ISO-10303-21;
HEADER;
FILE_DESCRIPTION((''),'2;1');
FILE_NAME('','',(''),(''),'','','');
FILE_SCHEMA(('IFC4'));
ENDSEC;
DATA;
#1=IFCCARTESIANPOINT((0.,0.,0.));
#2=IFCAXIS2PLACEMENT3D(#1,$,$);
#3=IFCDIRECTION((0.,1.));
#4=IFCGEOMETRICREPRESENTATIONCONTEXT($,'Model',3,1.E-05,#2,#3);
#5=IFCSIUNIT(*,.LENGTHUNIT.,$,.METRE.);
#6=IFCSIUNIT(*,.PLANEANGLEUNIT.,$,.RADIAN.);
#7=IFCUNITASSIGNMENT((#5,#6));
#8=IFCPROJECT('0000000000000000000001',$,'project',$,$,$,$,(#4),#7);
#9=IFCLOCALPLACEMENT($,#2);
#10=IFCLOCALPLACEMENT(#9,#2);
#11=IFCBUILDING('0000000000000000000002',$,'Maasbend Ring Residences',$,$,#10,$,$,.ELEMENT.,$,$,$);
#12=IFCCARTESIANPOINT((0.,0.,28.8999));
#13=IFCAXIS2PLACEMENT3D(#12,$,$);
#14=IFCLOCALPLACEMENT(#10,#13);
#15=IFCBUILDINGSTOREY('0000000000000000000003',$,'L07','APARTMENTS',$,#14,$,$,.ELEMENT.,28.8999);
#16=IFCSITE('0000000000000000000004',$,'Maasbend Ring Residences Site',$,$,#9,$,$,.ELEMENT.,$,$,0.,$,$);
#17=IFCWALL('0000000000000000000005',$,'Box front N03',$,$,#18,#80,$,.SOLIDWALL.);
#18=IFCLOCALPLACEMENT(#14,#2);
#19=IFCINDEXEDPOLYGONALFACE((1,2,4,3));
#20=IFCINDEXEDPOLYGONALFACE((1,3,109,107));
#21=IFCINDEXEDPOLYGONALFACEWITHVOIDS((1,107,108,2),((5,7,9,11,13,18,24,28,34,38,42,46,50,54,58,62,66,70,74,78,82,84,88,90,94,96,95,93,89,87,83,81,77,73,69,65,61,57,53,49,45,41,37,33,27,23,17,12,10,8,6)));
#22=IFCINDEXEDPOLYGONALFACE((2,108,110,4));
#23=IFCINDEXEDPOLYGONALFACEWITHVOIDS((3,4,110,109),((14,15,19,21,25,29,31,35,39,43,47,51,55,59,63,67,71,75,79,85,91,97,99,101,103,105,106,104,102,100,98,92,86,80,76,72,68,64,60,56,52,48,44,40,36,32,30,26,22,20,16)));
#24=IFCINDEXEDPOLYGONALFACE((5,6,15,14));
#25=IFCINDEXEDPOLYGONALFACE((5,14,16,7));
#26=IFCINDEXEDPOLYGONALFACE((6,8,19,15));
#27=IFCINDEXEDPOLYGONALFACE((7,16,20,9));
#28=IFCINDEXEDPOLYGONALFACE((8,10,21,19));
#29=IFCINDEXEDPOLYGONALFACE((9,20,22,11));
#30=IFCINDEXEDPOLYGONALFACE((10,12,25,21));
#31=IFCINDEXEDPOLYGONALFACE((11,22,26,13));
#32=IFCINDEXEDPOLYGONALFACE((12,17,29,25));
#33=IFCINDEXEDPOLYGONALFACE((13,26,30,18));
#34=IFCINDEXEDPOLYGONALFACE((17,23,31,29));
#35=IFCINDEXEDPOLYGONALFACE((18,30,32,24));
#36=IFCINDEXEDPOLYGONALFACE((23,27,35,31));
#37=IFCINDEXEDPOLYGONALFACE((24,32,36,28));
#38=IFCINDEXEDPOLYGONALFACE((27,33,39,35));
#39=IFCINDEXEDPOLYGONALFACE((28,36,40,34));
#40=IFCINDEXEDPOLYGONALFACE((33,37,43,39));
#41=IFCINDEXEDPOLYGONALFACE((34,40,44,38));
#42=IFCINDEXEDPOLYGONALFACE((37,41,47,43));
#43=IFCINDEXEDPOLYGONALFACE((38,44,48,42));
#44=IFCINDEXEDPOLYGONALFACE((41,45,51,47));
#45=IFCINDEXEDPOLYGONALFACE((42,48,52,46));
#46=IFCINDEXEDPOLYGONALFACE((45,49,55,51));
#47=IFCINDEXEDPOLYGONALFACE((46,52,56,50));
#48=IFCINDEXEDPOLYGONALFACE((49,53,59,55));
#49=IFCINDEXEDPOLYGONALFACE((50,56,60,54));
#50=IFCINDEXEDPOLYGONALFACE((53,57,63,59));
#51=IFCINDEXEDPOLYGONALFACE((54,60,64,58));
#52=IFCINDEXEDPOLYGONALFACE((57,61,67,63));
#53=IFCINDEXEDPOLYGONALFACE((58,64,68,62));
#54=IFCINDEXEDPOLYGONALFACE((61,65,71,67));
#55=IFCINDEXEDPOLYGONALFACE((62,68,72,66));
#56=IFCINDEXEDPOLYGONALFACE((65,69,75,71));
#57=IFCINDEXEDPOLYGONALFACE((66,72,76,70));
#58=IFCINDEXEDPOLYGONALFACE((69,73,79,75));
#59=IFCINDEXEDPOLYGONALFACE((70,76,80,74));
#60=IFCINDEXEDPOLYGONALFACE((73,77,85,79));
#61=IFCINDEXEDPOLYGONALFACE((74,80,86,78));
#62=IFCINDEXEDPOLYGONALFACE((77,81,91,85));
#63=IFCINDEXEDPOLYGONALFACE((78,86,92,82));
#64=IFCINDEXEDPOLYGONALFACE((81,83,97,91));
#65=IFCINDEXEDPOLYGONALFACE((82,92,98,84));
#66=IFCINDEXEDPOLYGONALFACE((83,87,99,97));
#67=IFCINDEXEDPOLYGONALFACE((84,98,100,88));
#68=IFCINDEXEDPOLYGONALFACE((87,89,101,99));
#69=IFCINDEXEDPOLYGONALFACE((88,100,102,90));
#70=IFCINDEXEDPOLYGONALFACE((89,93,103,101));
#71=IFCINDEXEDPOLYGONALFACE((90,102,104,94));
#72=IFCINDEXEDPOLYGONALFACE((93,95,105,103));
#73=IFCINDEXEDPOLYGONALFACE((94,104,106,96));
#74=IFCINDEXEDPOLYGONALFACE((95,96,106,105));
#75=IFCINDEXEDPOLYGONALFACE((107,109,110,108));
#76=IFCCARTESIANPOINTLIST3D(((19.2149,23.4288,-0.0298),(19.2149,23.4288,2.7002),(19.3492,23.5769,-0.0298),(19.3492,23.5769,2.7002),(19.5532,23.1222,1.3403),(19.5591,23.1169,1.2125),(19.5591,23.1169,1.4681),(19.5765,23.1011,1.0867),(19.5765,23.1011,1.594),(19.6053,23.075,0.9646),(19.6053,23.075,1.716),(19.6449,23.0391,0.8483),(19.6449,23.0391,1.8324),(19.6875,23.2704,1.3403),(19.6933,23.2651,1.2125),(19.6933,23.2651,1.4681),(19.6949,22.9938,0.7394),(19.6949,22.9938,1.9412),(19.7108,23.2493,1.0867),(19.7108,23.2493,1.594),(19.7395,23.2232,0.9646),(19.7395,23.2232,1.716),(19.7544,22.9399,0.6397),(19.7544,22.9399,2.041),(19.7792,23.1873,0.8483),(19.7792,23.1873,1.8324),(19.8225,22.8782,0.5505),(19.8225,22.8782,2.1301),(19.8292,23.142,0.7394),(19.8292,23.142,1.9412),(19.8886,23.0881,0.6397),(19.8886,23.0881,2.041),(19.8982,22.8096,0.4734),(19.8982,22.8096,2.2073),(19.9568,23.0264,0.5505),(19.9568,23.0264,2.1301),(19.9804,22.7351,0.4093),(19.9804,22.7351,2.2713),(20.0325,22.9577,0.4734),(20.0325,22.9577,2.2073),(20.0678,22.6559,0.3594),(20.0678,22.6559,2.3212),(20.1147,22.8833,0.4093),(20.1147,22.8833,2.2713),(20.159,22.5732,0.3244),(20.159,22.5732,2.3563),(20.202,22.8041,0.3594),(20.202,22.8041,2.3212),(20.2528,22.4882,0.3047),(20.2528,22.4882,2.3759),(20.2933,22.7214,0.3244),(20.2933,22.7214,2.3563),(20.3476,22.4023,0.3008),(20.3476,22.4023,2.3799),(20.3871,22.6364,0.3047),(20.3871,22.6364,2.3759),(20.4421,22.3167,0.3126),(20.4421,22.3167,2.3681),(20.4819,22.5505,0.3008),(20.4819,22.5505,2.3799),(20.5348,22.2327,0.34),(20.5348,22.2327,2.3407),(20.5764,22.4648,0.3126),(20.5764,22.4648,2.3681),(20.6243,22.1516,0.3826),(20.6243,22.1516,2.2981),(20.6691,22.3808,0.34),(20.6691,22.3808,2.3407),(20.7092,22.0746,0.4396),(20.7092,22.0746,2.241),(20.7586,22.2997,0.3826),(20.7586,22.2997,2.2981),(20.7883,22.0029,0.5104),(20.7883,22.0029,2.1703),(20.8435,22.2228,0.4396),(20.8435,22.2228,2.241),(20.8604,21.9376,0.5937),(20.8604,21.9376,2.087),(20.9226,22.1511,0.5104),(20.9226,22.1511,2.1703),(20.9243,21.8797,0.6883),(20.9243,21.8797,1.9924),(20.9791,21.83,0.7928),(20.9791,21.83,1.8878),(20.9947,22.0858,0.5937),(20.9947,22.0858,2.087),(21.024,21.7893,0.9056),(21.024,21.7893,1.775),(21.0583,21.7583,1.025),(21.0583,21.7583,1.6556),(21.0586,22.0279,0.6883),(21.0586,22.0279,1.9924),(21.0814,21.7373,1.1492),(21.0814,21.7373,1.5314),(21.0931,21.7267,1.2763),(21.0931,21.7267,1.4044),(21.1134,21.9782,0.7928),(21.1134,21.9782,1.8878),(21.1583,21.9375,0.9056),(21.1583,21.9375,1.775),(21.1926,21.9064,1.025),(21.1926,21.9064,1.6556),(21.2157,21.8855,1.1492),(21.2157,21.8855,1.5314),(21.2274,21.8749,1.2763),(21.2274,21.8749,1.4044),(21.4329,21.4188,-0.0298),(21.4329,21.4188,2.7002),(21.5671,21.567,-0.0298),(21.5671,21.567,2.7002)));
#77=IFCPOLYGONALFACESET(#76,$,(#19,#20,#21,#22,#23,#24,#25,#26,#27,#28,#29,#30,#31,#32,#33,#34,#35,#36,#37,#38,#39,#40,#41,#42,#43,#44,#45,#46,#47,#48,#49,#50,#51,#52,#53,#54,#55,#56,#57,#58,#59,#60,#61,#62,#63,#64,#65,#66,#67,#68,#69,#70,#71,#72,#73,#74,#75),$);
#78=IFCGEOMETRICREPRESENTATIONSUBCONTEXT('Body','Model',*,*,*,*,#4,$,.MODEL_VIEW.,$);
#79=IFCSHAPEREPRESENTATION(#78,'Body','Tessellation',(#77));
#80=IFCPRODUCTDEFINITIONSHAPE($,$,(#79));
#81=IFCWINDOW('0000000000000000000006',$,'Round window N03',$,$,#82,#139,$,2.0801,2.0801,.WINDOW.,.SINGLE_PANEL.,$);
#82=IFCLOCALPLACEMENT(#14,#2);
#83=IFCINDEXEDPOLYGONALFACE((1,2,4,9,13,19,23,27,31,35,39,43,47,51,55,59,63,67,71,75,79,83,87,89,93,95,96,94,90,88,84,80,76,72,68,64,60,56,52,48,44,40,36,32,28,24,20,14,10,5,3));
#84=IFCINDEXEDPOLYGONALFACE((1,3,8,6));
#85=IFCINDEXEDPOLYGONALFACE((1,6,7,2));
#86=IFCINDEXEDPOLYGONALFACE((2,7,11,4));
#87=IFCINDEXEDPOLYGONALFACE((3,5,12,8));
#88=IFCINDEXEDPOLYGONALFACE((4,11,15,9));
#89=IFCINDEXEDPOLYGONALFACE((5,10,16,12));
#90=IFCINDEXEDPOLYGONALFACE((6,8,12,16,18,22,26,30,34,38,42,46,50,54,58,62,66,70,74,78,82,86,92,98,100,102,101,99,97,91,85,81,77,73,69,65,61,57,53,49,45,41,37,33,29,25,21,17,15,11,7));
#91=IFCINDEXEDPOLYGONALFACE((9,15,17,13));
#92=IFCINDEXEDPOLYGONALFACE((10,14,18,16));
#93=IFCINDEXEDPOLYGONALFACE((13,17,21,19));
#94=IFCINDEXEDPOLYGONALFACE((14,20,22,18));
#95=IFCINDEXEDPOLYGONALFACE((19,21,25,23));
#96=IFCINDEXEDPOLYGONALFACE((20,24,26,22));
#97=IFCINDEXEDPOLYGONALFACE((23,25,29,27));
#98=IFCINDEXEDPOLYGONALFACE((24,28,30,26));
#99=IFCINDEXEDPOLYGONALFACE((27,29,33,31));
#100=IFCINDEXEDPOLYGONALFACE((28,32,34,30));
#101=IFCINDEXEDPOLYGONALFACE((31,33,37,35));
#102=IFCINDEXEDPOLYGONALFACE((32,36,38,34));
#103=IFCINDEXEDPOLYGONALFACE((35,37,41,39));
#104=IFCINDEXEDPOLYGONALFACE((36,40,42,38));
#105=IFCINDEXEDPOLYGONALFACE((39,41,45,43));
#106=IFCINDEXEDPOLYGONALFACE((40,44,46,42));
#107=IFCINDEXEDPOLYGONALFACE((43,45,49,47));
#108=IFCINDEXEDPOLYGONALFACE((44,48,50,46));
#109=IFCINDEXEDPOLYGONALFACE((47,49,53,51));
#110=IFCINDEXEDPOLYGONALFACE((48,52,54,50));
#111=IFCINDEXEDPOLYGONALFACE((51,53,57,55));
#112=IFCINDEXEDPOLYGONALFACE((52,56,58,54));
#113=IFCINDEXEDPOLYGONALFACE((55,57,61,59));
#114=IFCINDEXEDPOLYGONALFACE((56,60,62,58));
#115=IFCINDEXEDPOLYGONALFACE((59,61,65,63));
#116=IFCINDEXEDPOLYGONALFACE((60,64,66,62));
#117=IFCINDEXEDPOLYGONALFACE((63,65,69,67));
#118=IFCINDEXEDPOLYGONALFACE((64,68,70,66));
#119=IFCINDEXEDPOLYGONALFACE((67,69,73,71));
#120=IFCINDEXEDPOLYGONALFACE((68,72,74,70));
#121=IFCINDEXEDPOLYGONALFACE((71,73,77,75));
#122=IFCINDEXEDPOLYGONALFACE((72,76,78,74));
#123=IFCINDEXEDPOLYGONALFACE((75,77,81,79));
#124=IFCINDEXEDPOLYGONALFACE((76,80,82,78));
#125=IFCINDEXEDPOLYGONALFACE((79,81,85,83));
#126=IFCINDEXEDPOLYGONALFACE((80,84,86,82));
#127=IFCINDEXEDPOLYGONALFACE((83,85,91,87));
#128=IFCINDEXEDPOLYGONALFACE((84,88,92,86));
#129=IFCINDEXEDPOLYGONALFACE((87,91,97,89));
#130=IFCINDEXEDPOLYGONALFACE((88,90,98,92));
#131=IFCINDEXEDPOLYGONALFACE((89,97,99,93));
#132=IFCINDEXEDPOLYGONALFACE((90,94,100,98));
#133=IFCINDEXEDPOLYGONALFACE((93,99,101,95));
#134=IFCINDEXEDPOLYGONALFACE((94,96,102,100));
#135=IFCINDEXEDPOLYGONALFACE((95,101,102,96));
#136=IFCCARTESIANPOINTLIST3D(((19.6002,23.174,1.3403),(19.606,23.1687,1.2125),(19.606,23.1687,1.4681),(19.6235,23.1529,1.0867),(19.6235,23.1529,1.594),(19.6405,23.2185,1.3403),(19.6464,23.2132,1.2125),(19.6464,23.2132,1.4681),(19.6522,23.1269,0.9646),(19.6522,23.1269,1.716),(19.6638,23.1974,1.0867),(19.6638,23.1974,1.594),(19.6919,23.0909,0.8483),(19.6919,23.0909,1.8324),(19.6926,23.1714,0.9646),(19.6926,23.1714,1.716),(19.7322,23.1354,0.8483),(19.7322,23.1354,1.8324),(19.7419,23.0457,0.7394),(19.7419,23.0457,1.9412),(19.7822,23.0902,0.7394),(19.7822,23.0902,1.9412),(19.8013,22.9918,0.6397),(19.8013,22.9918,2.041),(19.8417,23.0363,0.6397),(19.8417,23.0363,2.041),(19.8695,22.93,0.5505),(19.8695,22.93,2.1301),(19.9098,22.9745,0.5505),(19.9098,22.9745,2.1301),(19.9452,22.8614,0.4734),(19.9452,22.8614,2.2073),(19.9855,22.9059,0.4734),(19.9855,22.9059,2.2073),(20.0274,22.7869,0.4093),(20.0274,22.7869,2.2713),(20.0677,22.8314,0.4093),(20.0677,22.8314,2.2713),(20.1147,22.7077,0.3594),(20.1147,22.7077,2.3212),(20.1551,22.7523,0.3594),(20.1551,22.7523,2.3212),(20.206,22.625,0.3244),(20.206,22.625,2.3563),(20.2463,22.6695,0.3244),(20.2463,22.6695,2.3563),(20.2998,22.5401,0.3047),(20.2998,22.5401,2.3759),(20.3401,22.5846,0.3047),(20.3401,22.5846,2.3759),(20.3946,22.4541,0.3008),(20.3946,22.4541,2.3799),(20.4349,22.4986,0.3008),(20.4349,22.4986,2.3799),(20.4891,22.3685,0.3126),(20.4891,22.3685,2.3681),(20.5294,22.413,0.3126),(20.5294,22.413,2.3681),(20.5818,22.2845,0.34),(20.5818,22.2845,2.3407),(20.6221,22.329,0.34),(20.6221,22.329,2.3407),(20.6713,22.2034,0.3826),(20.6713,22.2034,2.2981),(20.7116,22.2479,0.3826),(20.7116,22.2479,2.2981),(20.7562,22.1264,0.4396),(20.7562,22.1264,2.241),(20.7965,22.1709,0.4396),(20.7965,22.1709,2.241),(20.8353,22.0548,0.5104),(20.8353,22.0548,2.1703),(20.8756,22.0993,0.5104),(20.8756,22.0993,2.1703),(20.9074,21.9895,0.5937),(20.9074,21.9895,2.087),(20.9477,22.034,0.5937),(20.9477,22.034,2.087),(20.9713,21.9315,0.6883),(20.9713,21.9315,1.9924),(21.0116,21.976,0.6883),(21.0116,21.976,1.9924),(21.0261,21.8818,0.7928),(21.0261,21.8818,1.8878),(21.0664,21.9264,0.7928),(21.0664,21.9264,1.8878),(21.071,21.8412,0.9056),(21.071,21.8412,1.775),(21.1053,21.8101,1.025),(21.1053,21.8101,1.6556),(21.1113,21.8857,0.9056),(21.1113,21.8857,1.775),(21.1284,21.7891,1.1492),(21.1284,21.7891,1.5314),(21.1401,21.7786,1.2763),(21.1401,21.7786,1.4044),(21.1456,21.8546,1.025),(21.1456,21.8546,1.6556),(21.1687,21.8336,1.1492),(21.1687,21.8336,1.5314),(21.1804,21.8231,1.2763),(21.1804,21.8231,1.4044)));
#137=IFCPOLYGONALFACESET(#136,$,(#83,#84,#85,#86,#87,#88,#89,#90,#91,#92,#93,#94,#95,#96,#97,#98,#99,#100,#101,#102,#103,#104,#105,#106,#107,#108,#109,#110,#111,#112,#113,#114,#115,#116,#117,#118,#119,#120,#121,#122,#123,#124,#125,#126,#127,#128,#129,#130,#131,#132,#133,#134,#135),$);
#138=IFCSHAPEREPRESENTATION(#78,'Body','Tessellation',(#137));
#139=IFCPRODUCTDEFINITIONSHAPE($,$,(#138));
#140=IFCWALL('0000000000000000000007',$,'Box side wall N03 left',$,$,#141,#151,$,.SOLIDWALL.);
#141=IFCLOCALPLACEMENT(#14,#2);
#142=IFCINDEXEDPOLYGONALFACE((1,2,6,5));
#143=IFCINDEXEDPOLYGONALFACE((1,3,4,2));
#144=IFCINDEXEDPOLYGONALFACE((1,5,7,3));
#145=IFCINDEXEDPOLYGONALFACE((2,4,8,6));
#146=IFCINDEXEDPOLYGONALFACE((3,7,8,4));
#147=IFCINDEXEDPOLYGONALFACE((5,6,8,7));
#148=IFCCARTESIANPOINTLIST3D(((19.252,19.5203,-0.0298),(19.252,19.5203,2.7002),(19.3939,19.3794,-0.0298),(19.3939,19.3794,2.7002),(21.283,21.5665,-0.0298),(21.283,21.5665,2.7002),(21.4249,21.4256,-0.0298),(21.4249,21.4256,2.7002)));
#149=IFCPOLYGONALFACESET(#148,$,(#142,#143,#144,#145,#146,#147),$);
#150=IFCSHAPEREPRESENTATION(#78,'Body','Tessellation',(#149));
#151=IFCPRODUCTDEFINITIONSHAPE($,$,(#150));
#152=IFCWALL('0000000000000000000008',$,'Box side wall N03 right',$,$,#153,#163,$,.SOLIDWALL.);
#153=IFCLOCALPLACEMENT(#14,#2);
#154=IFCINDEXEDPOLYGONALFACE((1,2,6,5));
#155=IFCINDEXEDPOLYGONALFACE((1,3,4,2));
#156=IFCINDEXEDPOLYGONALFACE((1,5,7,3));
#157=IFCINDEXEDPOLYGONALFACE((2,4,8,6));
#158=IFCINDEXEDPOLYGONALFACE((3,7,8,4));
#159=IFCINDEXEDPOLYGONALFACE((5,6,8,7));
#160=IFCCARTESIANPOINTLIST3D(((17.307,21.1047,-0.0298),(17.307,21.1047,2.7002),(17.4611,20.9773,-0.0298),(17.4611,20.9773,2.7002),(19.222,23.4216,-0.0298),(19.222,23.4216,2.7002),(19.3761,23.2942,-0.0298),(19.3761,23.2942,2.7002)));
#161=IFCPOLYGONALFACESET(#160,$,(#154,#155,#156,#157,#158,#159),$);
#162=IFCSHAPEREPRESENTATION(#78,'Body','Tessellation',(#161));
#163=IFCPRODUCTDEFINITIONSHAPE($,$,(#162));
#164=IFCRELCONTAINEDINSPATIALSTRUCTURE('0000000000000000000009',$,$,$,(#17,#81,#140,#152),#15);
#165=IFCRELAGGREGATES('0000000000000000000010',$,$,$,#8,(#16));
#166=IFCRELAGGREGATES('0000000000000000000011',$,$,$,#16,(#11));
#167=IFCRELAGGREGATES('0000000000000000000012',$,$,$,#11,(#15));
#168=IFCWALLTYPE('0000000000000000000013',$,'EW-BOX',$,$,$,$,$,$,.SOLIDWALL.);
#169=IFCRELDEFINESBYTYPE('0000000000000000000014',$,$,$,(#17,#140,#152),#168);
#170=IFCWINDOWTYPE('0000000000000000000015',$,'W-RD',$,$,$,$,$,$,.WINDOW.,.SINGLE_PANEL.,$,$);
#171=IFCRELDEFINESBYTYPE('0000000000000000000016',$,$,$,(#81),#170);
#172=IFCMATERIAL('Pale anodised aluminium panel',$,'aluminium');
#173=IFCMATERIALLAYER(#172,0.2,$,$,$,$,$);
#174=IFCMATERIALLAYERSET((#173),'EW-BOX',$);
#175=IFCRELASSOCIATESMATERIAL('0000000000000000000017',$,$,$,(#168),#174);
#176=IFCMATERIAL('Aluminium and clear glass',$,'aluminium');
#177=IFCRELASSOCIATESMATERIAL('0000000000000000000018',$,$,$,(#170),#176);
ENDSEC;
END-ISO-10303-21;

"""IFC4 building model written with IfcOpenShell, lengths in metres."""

from ifc_helpers import new_model, si_unit, direction, frame, frame_2d, origin, place, context, subcontext, project, spatial, rectangle, circle, extrude, material, layer, layer_set, type_object, element, fill, save


model = new_model("IFC4")

# Units and contexts
model_context = context("Model", 3, precision=1e-05, world=origin(), true_north=direction((0.0, 1.0)))
body_context = subcontext(model_context, "Body", "Model", "MODEL_VIEW")
ifc_project = project(units=[si_unit("LENGTHUNIT", "METRE"), si_unit("PLANEANGLEUNIT", "RADIAN")], contexts=[model_context])

# Site, building, storey
site_placement = place(None, origin())
site = spatial("IfcSite", under=ifc_project, at=site_placement, Name="Maasbend Ring Residences Site", CompositionType="ELEMENT", RefElevation=0.0)
building_placement = place(site_placement, origin())
building = spatial("IfcBuilding", under=site, at=building_placement, Name="Maasbend Ring Residences", CompositionType="ELEMENT")
storey_placement = place(building_placement, frame((0.0, 0.0, 28.8999)))
storey = spatial("IfcBuildingStorey", under=building, at=storey_placement, Name="L07", Description="APARTMENTS", CompositionType="ELEMENT", Elevation=28.8999)

# Shared definitions
ifc_material_1 = material(Name="Pale anodised aluminium panel", Category="aluminium")
ifc_layer_1 = layer(ifc_material_1, 0.2)
ifc_layer_set_1 = layer_set([ifc_layer_1], Name="EW-BOX")
wall_type_1 = type_object("IfcWallType", Name="EW-BOX", PredefinedType="SOLIDWALL", material=ifc_layer_set_1)
ifc_material_2 = material(Name="Aluminium and clear glass", Category="aluminium")
window_type_1 = type_object("IfcWindowType", Name="W-RD", PartitioningType="SINGLE_PANEL", PredefinedType="WINDOW", material=ifc_material_2)

# Wall, opening, window
wall_1_placement = place(storey_placement, frame((21.5, 21.4929, -0.0298), z_axis=(0.0, 0.0, 1.0), x_axis=(-0.740998, 0.671507, 0.0)))
wall_1 = element("IfcWall", 1, at=wall_1_placement, inside=storey, type_object=wall_type_1, Name="Box front N03", PredefinedType="SOLIDWALL", context=body_context, shape_type="SweptSolid", body=[
    extrude(rectangle(XDim=2.9932, YDim=0.2, at=frame_2d((1.4966, 0.0))), origin(), (0.0, 0.0, 1.0), 2.73),
])
opening_1_placement = place(wall_1_placement, frame((0.4565, 0.0, 0.3301)))
opening_1 = element("IfcOpeningElement", 2, at=opening_1_placement, cuts=wall_1, PredefinedType="OPENING", context=body_context, shape_type="SweptSolid", body=[
    extrude(circle(Radius=1.04, at=frame_2d((1.04, 1.04))), frame((0.0, 0.1099, 0.0), z_axis=(0.0, -1.0, 0.0), x_axis=(1.0, 0.0, 0.0)), (0.0, 0.0, 1.0), 0.22),
])
window_1_placement = place(opening_1_placement, origin())
window_1 = element("IfcWindow", 3, at=window_1_placement, inside=storey, type_object=window_type_1, Name="Round window N03", OverallHeight=2.0801, OverallWidth=2.0801, PartitioningType="SINGLE_PANEL", PredefinedType="WINDOW", context=body_context, shape_type="SweptSolid", body=[
    extrude(circle(Radius=1.04, at=frame_2d((1.04, 1.04))), frame((0.0, 0.03, 0.0), z_axis=(0.0, -1.0, 0.0), x_axis=(1.0, 0.0, 0.0)), (0.0, 0.0, 1.0), 0.0601),
])
fill(opening_1, window_1)

# Walls
wall_2_placement = place(storey_placement, frame((19.323, 19.45, -0.0298), z_axis=(0.0, 0.0, 1.0), x_axis=(0.704477, 0.709727, 0.0)))
element("IfcWall", 4, at=wall_2_placement, inside=storey, type_object=wall_type_1, Name="Box side wall N03 left", PredefinedType="SOLIDWALL", context=body_context, shape_type="SweptSolid", body=[
    extrude(rectangle(XDim=2.8831, YDim=0.2, at=frame_2d((1.4414, 0.0))), origin(), (0.0, 0.0, 1.0), 2.73),
])
wall_3_placement = place(storey_placement, frame((17.384, 21.041, -0.0298), z_axis=(0.0, 0.0, 1.0), x_axis=(0.637096, 0.770785, 0.0)))
element("IfcWall", 5, at=wall_3_placement, inside=storey, type_object=wall_type_1, Name="Box side wall N03 right", PredefinedType="SOLIDWALL", context=body_context, shape_type="SweptSolid", body=[
    extrude(rectangle(XDim=3.0059, YDim=0.2, at=frame_2d((1.5029, 0.0))), origin(), (0.0, 0.0, 1.0), 2.73),
])

save(model, "model.ifc")
